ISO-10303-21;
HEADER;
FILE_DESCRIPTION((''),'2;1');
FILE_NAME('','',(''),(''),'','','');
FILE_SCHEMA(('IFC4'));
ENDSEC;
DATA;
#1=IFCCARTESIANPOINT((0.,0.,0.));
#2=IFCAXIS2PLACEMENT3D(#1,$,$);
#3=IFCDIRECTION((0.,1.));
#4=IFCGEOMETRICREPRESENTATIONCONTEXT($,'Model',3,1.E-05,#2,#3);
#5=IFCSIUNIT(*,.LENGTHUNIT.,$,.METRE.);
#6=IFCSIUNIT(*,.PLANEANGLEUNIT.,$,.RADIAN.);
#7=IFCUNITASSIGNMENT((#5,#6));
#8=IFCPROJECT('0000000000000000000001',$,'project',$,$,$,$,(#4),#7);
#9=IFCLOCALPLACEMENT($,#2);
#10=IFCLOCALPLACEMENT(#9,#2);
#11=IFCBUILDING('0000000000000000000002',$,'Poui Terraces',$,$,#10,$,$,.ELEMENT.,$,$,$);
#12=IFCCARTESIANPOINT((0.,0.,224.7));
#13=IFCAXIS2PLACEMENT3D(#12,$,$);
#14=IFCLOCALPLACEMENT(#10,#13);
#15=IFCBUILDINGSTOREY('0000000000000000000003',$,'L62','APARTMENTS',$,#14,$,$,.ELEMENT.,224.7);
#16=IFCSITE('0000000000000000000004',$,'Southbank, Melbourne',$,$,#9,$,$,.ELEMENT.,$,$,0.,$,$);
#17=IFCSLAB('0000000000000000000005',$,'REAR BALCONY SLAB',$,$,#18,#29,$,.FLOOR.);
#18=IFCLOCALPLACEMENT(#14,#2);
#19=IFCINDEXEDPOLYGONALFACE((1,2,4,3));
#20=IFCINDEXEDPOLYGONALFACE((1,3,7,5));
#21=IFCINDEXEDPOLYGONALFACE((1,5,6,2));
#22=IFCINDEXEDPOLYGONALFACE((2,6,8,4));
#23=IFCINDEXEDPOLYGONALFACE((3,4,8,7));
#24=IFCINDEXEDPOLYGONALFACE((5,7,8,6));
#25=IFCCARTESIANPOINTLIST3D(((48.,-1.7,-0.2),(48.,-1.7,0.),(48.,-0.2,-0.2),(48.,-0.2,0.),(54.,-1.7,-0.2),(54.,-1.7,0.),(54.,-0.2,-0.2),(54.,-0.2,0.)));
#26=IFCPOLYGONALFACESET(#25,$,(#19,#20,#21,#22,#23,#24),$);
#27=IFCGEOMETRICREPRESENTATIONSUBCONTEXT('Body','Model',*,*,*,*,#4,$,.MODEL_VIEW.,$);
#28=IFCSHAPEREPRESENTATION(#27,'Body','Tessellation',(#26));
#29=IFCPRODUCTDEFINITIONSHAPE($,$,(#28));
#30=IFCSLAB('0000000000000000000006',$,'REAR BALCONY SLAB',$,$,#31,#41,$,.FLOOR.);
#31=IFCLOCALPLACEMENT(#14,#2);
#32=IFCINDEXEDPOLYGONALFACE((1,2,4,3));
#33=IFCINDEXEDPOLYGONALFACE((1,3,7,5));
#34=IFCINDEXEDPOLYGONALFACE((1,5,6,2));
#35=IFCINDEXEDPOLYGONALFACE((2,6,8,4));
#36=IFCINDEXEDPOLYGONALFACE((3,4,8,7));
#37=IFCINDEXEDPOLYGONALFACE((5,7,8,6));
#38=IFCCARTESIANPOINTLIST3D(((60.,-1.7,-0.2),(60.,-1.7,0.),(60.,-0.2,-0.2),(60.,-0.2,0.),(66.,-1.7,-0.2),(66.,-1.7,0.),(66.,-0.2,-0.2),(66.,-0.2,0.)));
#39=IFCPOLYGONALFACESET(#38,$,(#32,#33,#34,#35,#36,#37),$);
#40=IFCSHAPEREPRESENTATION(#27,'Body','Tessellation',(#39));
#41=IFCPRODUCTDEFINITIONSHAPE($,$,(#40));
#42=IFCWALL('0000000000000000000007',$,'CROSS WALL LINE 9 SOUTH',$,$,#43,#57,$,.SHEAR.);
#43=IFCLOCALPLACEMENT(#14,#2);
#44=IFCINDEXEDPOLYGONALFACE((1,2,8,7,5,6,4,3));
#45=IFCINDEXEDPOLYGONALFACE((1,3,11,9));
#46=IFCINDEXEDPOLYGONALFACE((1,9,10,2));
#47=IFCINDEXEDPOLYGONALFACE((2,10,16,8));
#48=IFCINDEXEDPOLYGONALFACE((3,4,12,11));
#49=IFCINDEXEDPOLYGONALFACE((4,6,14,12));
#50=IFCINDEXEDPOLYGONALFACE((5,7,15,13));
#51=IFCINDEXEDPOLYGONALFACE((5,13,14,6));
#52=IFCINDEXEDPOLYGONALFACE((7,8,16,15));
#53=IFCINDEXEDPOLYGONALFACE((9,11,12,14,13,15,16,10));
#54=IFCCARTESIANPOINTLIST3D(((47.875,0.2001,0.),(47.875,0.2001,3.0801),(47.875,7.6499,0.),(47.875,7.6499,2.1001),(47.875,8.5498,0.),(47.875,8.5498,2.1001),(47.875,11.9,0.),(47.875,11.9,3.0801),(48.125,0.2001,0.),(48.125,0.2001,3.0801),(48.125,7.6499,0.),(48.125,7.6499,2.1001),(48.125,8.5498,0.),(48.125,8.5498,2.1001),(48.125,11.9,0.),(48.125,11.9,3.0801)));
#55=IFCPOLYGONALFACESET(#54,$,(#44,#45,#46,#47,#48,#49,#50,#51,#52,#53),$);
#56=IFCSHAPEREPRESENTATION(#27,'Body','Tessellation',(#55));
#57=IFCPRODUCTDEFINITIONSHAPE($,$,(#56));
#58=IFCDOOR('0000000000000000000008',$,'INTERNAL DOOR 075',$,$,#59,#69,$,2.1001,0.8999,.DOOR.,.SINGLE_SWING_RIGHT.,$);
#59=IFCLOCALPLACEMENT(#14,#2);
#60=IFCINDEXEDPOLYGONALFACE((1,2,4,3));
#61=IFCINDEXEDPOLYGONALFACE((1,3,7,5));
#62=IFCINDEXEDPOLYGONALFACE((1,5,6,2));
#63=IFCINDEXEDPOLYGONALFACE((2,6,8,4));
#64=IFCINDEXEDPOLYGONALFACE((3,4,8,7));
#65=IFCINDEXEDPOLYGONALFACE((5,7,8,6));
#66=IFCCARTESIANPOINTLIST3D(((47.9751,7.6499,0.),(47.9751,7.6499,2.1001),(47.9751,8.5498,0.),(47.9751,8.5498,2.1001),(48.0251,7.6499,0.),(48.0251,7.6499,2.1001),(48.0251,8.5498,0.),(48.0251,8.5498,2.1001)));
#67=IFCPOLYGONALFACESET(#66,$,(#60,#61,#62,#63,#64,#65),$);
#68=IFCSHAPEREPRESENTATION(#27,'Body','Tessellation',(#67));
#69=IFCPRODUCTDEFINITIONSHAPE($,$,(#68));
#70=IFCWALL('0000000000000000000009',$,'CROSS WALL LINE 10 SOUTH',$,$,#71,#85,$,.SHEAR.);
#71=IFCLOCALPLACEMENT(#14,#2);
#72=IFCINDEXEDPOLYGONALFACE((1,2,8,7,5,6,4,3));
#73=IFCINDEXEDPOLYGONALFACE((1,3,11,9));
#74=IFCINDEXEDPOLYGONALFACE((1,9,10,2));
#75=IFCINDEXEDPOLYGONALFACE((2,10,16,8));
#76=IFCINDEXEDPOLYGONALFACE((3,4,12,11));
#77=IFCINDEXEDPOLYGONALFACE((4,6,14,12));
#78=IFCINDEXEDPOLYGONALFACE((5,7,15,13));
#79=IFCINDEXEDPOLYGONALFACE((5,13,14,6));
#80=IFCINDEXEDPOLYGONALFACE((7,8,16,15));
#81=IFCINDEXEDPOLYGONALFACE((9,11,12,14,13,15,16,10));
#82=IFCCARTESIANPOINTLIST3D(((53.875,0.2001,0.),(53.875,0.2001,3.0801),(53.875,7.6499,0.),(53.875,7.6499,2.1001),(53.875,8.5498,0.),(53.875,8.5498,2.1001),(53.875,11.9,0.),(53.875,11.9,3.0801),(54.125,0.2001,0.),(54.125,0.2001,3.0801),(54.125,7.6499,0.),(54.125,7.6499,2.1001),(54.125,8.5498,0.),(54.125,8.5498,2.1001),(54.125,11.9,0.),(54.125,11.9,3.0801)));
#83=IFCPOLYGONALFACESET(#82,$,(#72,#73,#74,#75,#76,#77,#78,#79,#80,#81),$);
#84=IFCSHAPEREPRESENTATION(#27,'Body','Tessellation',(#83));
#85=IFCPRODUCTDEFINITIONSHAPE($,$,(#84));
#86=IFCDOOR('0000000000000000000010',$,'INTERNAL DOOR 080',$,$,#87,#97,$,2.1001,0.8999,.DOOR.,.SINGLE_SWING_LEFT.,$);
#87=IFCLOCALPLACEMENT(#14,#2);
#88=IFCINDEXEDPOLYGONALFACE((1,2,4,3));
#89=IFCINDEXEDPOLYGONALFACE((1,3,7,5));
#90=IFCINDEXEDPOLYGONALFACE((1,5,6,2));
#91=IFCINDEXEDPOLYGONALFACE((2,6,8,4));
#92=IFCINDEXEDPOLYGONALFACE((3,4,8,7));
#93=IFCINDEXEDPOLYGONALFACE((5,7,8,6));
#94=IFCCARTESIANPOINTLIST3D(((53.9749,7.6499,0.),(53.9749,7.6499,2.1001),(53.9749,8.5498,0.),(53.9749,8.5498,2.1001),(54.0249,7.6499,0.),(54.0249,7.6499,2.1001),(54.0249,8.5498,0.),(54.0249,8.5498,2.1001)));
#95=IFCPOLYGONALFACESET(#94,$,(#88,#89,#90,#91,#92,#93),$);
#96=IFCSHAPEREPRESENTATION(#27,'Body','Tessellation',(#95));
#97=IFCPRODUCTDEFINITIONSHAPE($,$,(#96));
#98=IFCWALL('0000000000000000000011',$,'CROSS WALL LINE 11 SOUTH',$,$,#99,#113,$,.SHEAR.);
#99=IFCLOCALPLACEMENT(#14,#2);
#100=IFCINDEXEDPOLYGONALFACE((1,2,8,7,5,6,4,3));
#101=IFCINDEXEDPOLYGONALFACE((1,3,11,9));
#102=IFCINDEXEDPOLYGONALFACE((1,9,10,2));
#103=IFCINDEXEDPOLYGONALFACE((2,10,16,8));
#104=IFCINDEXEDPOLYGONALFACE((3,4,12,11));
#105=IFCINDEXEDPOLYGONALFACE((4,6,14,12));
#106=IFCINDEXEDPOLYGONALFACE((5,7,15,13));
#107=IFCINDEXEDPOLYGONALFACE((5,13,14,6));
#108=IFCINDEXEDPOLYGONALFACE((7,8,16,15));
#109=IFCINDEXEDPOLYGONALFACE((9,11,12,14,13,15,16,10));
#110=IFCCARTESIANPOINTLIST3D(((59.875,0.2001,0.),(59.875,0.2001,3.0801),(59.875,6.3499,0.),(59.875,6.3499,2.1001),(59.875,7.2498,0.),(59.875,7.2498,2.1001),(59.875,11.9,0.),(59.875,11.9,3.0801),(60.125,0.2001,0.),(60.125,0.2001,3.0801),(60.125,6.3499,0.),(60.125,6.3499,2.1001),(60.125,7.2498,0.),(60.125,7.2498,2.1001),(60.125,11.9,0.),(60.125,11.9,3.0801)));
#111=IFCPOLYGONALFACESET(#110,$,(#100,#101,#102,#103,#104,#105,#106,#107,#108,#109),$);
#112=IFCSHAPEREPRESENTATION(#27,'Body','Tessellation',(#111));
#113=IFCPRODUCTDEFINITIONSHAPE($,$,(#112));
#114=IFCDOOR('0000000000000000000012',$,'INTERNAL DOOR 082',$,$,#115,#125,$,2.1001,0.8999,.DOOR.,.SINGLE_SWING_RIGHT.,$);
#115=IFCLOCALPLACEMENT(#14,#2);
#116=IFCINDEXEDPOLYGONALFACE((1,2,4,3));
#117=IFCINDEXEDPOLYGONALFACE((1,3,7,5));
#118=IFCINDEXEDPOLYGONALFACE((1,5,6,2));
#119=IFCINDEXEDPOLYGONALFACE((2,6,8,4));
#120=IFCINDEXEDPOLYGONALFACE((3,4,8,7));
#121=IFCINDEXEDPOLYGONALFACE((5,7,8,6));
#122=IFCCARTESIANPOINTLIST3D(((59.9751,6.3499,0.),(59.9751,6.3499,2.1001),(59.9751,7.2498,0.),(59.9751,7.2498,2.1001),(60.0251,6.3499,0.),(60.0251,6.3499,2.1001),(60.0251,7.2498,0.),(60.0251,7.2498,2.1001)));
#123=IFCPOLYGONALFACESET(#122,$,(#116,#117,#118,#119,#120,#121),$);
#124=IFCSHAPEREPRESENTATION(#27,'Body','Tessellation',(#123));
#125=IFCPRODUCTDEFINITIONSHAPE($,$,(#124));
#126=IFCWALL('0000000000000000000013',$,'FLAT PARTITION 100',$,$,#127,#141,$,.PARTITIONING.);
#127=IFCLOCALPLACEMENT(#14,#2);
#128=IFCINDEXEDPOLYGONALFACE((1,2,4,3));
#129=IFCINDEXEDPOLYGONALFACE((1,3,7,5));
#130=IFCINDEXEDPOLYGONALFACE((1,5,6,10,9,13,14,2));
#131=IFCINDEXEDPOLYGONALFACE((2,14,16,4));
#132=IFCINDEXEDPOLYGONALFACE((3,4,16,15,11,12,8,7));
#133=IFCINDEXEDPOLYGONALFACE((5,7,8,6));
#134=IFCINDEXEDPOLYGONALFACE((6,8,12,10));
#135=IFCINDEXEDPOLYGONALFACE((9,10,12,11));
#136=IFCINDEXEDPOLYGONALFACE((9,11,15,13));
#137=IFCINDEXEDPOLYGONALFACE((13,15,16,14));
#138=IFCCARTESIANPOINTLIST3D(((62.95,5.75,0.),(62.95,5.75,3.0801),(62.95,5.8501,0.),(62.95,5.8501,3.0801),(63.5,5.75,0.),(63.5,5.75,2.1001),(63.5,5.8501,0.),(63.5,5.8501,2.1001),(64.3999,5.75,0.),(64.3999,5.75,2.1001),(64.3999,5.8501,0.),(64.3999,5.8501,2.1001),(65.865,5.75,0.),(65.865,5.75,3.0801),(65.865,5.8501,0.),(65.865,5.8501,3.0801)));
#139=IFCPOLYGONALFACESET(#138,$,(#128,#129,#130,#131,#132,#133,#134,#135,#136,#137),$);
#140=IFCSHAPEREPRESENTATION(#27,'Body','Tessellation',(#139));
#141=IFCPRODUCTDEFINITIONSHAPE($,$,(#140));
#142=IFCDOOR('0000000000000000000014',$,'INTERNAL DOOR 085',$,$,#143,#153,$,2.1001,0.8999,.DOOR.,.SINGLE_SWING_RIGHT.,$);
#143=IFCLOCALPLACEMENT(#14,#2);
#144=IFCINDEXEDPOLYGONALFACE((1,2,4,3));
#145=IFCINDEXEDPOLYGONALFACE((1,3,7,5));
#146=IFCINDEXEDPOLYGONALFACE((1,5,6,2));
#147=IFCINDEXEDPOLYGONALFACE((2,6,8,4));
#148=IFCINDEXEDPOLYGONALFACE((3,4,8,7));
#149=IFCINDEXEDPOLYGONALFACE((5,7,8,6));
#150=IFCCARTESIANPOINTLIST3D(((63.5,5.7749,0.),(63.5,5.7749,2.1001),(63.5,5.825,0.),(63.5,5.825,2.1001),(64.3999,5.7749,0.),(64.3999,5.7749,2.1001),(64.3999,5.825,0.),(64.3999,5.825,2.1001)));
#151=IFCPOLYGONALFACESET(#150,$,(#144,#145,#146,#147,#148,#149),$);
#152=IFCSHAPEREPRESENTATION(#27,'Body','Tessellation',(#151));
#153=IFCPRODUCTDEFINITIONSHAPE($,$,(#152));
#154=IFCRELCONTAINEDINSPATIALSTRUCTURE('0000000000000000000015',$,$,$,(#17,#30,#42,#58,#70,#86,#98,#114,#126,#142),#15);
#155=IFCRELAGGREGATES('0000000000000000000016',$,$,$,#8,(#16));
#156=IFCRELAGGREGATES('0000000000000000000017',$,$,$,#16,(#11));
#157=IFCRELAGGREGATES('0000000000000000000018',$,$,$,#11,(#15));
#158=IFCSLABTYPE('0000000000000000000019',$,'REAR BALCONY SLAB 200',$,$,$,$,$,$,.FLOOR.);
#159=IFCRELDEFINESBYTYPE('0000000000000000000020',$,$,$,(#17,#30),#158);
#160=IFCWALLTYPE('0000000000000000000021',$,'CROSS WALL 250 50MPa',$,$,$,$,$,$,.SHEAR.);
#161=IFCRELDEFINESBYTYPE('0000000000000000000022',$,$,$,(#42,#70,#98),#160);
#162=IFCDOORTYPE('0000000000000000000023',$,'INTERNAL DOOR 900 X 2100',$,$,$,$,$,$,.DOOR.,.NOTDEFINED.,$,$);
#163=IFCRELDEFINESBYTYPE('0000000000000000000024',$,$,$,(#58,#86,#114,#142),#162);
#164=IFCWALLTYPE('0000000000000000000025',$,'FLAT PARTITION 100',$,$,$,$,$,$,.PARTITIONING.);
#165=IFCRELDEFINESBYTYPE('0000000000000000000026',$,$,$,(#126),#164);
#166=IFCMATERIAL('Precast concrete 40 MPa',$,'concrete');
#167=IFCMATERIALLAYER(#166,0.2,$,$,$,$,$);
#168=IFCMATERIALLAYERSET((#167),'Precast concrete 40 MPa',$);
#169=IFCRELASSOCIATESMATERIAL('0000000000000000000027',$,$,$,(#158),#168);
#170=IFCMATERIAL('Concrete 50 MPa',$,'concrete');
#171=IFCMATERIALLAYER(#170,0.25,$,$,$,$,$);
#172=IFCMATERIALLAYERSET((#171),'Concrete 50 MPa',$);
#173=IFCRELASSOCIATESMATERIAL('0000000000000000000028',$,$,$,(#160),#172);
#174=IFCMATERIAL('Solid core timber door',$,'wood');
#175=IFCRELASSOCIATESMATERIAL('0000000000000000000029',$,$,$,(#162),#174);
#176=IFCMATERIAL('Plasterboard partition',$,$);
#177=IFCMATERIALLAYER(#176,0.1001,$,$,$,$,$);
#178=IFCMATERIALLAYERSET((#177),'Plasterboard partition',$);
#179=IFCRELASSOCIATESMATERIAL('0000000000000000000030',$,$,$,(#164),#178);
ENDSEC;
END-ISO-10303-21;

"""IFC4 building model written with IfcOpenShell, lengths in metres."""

from ifc_helpers import new_model, si_unit, direction, frame, frame_2d, origin, place, context, subcontext, project, spatial, polyline, rectangle, outline, extrude, source, transform, mapped, material, layer, layer_set, type_object, element, fill, save


model = new_model("IFC4")

# Units and contexts
model_context = context("Model", 3, precision=1e-05, world=origin(), true_north=direction((0.0, 1.0)))
body_context = subcontext(model_context, "Body", "Model", "MODEL_VIEW")
ifc_project = project(units=[si_unit("LENGTHUNIT", "METRE"), si_unit("PLANEANGLEUNIT", "RADIAN")], contexts=[model_context])

# Site, building, storey
site_placement = place(None, origin())
site = spatial("IfcSite", under=ifc_project, at=site_placement, Name="Southbank, Melbourne", CompositionType="ELEMENT", RefElevation=0.0)
building_placement = place(site_placement, origin())
building = spatial("IfcBuilding", under=site, at=building_placement, Name="Poui Terraces", CompositionType="ELEMENT")
storey_placement = place(building_placement, frame((0.0, 0.0, 224.7)))
storey = spatial("IfcBuildingStorey", under=building, at=storey_placement, Name="L62", Description="APARTMENTS", CompositionType="ELEMENT", Elevation=224.7)

# Slabs
ifc_material_1 = material(Name="Precast concrete 40 MPa", Category="concrete")
ifc_layer_1 = layer(ifc_material_1, 0.2)
ifc_layer_set_1 = layer_set([ifc_layer_1], Name="Precast concrete 40 MPa")
slab_type = type_object("IfcSlabType", Name="REAR BALCONY SLAB 200", PredefinedType="FLOOR", material=ifc_layer_set_1)
shared_shape_1 = source(origin(), body_context, "Body", "SweptSolid", [
    extrude(outline(polyline([(0.0, 0.0), (6.0, 0.0), (6.0, 1.5), (0.0, 1.5), (0.0, 0.0)])), origin(), (0.0, 0.0, 1.0), 0.2),
])
for number, where, name in (
    (1, (48.0, -1.7, -0.2), "REAR BALCONY SLAB"),
    (2, (60.0, -1.7, -0.2), "REAR BALCONY SLAB"),
):
    element("IfcSlab", number, at=place(storey_placement, frame(where)), inside=storey, type_object=slab_type, Name=name, PredefinedType="FLOOR", context=body_context, shape_type="MappedRepresentation", body=[
        mapped(shared_shape_1, transform((0.0, 0.0, 0.0))),
    ])

# Walls, openings, doors
ifc_material_2 = material(Name="Concrete 50 MPa", Category="concrete")
ifc_layer_2 = layer(ifc_material_2, 0.25)
ifc_layer_set_2 = layer_set([ifc_layer_2], Name="Concrete 50 MPa")
wall_type_1 = type_object("IfcWallType", Name="CROSS WALL 250 50MPa", PredefinedType="SHEAR", material=ifc_layer_set_2)
wall_1_placement = place(storey_placement, frame((48.0, 0.2, 0.0), z_axis=(0.0, 0.0, 1.0), x_axis=(0.0, 1.0, 0.0)))
wall_1 = element("IfcWall", 3, at=wall_1_placement, inside=storey, type_object=wall_type_1, Name="CROSS WALL LINE 9 SOUTH", PredefinedType="SHEAR", context=body_context, shape_type="SweptSolid", body=[
    extrude(rectangle(XDim=11.7, YDim=0.25, at=frame_2d((5.8501, 0.0))), origin(), (0.0, 0.0, 1.0), 3.0801),
])
opening_1_placement = place(wall_1_placement, frame((7.45, 0.0, 0.0)))
opening_1 = element("IfcOpeningElement", 4, at=opening_1_placement, cuts=wall_1, PredefinedType="OPENING", context=body_context, shape_type="SweptSolid", body=[
    extrude(rectangle(XDim=0.8999, YDim=2.1001, at=frame_2d((0.45, 1.05))), frame((0.0, 0.135, 0.0), z_axis=(0.0, -1.0, 0.0), x_axis=(1.0, 0.0, 0.0)), (0.0, 0.0, 1.0), 0.27),
])
ifc_material_3 = material(Name="Solid core timber door", Category="wood")
door_type_1 = type_object("IfcDoorType", Name="INTERNAL DOOR 900 X 2100", OperationType="NOTDEFINED", PredefinedType="DOOR", material=ifc_material_3)
door_1_placement = place(opening_1_placement, origin())
door_1 = element("IfcDoor", 5, at=door_1_placement, inside=storey, type_object=door_type_1, Name="INTERNAL DOOR 075", OperationType="SINGLE_SWING_RIGHT", OverallHeight=2.1001, OverallWidth=0.8999, PredefinedType="DOOR", context=body_context, shape_type="SweptSolid", body=[
    extrude(rectangle(XDim=0.8999, YDim=2.1001, at=frame_2d((0.45, 1.05))), frame((0.0, 0.0249, 0.0), z_axis=(0.0, -1.0, 0.0), x_axis=(1.0, 0.0, 0.0)), (0.0, 0.0, 1.0), 0.05),
])
fill(opening_1, door_1)
wall_2_placement = place(storey_placement, frame((54.0, 0.2, 0.0), z_axis=(0.0, 0.0, 1.0), x_axis=(0.0, 1.0, 0.0)))
wall_2 = element("IfcWall", 6, at=wall_2_placement, inside=storey, type_object=wall_type_1, Name="CROSS WALL LINE 10 SOUTH", PredefinedType="SHEAR", context=body_context, shape_type="SweptSolid", body=[
    extrude(rectangle(XDim=11.7, YDim=0.25, at=frame_2d((5.8501, 0.0))), origin(), (0.0, 0.0, 1.0), 3.0801),
])
opening_2_placement = place(wall_2_placement, frame((7.45, 0.0, 0.0)))
opening_2 = element("IfcOpeningElement", 7, at=opening_2_placement, cuts=wall_2, PredefinedType="OPENING", context=body_context, shape_type="SweptSolid", body=[
    extrude(rectangle(XDim=0.8999, YDim=2.1001, at=frame_2d((0.45, 1.05))), frame((0.0, 0.135, 0.0), z_axis=(0.0, -1.0, 0.0), x_axis=(1.0, 0.0, 0.0)), (0.0, 0.0, 1.0), 0.27),
])
door_2_placement = place(opening_2_placement, frame((0.8999, 0.0, 0.0), z_axis=(0.0, 0.0, 1.0), x_axis=(-1.0, 0.0, 0.0)))
door_2 = element("IfcDoor", 8, at=door_2_placement, inside=storey, type_object=door_type_1, Name="INTERNAL DOOR 080", OperationType="SINGLE_SWING_LEFT", OverallHeight=2.1001, OverallWidth=0.8999, PredefinedType="DOOR", context=body_context, shape_type="SweptSolid", body=[
    extrude(rectangle(XDim=0.8999, YDim=2.1001, at=frame_2d((0.45, 1.05))), frame((0.0, 0.0249, 0.0), z_axis=(0.0, -1.0, 0.0), x_axis=(1.0, 0.0, 0.0)), (0.0, 0.0, 1.0), 0.05),
])
fill(opening_2, door_2)
wall_3_placement = place(storey_placement, frame((60.0, 0.2, 0.0), z_axis=(0.0, 0.0, 1.0), x_axis=(0.0, 1.0, 0.0)))
wall_3 = element("IfcWall", 9, at=wall_3_placement, inside=storey, type_object=wall_type_1, Name="CROSS WALL LINE 11 SOUTH", PredefinedType="SHEAR", context=body_context, shape_type="SweptSolid", body=[
    extrude(rectangle(XDim=11.7, YDim=0.25, at=frame_2d((5.8501, 0.0))), origin(), (0.0, 0.0, 1.0), 3.0801),
])
opening_3_placement = place(wall_3_placement, frame((6.1499, 0.0, 0.0)))
opening_3 = element("IfcOpeningElement", 10, at=opening_3_placement, cuts=wall_3, PredefinedType="OPENING", context=body_context, shape_type="SweptSolid", body=[
    extrude(rectangle(XDim=0.8999, YDim=2.1001, at=frame_2d((0.45, 1.05))), frame((0.0, 0.135, 0.0), z_axis=(0.0, -1.0, 0.0), x_axis=(1.0, 0.0, 0.0)), (0.0, 0.0, 1.0), 0.27),
])
door_3_placement = place(opening_3_placement, origin())
door_3 = element("IfcDoor", 11, at=door_3_placement, inside=storey, type_object=door_type_1, Name="INTERNAL DOOR 082", OperationType="SINGLE_SWING_RIGHT", OverallHeight=2.1001, OverallWidth=0.8999, PredefinedType="DOOR", context=body_context, shape_type="SweptSolid", body=[
    extrude(rectangle(XDim=0.8999, YDim=2.1001, at=frame_2d((0.45, 1.05))), frame((0.0, 0.0249, 0.0), z_axis=(0.0, -1.0, 0.0), x_axis=(1.0, 0.0, 0.0)), (0.0, 0.0, 1.0), 0.05),
])
fill(opening_3, door_3)
ifc_material_4 = material(Name="Plasterboard partition")
ifc_layer_3 = layer(ifc_material_4, 0.1001)
ifc_layer_set_3 = layer_set([ifc_layer_3], Name="Plasterboard partition")
wall_type_2 = type_object("IfcWallType", Name="FLAT PARTITION 100", PredefinedType="PARTITIONING", material=ifc_layer_set_3)
wall_4_placement = place(storey_placement, frame((62.95, 5.8, 0.0), z_axis=(0.0, 0.0, 1.0), x_axis=(1.0, 0.0, 0.0)))
wall_4 = element("IfcWall", 12, at=wall_4_placement, inside=storey, type_object=wall_type_2, Name="FLAT PARTITION 100", PredefinedType="PARTITIONING", context=body_context, shape_type="SweptSolid", body=[
    extrude(rectangle(XDim=2.915, YDim=0.1001, at=frame_2d((1.4575, 0.0))), origin(), (0.0, 0.0, 1.0), 3.0801),
])
opening_4_placement = place(wall_4_placement, frame((0.55, 0.0, 0.0)))
opening_4 = element("IfcOpeningElement", 13, at=opening_4_placement, cuts=wall_4, PredefinedType="OPENING", context=body_context, shape_type="SweptSolid", body=[
    extrude(rectangle(XDim=0.8999, YDim=2.1001, at=frame_2d((0.45, 1.05))), frame((0.0, 0.0601, 0.0), z_axis=(0.0, -1.0, 0.0), x_axis=(1.0, 0.0, 0.0)), (0.0, 0.0, 1.0), 0.1201),
])
door_4_placement = place(opening_4_placement, origin())
door_4 = element("IfcDoor", 14, at=door_4_placement, inside=storey, type_object=door_type_1, Name="INTERNAL DOOR 085", OperationType="SINGLE_SWING_RIGHT", OverallHeight=2.1001, OverallWidth=0.8999, PredefinedType="DOOR", context=body_context, shape_type="SweptSolid", body=[
    extrude(rectangle(XDim=0.8999, YDim=2.1001, at=frame_2d((0.45, 1.05))), frame((0.0, 0.0249, 0.0), z_axis=(0.0, -1.0, 0.0), x_axis=(1.0, 0.0, 0.0)), (0.0, 0.0, 1.0), 0.05),
])
fill(opening_4, door_4)

save(model, "model.ifc")
